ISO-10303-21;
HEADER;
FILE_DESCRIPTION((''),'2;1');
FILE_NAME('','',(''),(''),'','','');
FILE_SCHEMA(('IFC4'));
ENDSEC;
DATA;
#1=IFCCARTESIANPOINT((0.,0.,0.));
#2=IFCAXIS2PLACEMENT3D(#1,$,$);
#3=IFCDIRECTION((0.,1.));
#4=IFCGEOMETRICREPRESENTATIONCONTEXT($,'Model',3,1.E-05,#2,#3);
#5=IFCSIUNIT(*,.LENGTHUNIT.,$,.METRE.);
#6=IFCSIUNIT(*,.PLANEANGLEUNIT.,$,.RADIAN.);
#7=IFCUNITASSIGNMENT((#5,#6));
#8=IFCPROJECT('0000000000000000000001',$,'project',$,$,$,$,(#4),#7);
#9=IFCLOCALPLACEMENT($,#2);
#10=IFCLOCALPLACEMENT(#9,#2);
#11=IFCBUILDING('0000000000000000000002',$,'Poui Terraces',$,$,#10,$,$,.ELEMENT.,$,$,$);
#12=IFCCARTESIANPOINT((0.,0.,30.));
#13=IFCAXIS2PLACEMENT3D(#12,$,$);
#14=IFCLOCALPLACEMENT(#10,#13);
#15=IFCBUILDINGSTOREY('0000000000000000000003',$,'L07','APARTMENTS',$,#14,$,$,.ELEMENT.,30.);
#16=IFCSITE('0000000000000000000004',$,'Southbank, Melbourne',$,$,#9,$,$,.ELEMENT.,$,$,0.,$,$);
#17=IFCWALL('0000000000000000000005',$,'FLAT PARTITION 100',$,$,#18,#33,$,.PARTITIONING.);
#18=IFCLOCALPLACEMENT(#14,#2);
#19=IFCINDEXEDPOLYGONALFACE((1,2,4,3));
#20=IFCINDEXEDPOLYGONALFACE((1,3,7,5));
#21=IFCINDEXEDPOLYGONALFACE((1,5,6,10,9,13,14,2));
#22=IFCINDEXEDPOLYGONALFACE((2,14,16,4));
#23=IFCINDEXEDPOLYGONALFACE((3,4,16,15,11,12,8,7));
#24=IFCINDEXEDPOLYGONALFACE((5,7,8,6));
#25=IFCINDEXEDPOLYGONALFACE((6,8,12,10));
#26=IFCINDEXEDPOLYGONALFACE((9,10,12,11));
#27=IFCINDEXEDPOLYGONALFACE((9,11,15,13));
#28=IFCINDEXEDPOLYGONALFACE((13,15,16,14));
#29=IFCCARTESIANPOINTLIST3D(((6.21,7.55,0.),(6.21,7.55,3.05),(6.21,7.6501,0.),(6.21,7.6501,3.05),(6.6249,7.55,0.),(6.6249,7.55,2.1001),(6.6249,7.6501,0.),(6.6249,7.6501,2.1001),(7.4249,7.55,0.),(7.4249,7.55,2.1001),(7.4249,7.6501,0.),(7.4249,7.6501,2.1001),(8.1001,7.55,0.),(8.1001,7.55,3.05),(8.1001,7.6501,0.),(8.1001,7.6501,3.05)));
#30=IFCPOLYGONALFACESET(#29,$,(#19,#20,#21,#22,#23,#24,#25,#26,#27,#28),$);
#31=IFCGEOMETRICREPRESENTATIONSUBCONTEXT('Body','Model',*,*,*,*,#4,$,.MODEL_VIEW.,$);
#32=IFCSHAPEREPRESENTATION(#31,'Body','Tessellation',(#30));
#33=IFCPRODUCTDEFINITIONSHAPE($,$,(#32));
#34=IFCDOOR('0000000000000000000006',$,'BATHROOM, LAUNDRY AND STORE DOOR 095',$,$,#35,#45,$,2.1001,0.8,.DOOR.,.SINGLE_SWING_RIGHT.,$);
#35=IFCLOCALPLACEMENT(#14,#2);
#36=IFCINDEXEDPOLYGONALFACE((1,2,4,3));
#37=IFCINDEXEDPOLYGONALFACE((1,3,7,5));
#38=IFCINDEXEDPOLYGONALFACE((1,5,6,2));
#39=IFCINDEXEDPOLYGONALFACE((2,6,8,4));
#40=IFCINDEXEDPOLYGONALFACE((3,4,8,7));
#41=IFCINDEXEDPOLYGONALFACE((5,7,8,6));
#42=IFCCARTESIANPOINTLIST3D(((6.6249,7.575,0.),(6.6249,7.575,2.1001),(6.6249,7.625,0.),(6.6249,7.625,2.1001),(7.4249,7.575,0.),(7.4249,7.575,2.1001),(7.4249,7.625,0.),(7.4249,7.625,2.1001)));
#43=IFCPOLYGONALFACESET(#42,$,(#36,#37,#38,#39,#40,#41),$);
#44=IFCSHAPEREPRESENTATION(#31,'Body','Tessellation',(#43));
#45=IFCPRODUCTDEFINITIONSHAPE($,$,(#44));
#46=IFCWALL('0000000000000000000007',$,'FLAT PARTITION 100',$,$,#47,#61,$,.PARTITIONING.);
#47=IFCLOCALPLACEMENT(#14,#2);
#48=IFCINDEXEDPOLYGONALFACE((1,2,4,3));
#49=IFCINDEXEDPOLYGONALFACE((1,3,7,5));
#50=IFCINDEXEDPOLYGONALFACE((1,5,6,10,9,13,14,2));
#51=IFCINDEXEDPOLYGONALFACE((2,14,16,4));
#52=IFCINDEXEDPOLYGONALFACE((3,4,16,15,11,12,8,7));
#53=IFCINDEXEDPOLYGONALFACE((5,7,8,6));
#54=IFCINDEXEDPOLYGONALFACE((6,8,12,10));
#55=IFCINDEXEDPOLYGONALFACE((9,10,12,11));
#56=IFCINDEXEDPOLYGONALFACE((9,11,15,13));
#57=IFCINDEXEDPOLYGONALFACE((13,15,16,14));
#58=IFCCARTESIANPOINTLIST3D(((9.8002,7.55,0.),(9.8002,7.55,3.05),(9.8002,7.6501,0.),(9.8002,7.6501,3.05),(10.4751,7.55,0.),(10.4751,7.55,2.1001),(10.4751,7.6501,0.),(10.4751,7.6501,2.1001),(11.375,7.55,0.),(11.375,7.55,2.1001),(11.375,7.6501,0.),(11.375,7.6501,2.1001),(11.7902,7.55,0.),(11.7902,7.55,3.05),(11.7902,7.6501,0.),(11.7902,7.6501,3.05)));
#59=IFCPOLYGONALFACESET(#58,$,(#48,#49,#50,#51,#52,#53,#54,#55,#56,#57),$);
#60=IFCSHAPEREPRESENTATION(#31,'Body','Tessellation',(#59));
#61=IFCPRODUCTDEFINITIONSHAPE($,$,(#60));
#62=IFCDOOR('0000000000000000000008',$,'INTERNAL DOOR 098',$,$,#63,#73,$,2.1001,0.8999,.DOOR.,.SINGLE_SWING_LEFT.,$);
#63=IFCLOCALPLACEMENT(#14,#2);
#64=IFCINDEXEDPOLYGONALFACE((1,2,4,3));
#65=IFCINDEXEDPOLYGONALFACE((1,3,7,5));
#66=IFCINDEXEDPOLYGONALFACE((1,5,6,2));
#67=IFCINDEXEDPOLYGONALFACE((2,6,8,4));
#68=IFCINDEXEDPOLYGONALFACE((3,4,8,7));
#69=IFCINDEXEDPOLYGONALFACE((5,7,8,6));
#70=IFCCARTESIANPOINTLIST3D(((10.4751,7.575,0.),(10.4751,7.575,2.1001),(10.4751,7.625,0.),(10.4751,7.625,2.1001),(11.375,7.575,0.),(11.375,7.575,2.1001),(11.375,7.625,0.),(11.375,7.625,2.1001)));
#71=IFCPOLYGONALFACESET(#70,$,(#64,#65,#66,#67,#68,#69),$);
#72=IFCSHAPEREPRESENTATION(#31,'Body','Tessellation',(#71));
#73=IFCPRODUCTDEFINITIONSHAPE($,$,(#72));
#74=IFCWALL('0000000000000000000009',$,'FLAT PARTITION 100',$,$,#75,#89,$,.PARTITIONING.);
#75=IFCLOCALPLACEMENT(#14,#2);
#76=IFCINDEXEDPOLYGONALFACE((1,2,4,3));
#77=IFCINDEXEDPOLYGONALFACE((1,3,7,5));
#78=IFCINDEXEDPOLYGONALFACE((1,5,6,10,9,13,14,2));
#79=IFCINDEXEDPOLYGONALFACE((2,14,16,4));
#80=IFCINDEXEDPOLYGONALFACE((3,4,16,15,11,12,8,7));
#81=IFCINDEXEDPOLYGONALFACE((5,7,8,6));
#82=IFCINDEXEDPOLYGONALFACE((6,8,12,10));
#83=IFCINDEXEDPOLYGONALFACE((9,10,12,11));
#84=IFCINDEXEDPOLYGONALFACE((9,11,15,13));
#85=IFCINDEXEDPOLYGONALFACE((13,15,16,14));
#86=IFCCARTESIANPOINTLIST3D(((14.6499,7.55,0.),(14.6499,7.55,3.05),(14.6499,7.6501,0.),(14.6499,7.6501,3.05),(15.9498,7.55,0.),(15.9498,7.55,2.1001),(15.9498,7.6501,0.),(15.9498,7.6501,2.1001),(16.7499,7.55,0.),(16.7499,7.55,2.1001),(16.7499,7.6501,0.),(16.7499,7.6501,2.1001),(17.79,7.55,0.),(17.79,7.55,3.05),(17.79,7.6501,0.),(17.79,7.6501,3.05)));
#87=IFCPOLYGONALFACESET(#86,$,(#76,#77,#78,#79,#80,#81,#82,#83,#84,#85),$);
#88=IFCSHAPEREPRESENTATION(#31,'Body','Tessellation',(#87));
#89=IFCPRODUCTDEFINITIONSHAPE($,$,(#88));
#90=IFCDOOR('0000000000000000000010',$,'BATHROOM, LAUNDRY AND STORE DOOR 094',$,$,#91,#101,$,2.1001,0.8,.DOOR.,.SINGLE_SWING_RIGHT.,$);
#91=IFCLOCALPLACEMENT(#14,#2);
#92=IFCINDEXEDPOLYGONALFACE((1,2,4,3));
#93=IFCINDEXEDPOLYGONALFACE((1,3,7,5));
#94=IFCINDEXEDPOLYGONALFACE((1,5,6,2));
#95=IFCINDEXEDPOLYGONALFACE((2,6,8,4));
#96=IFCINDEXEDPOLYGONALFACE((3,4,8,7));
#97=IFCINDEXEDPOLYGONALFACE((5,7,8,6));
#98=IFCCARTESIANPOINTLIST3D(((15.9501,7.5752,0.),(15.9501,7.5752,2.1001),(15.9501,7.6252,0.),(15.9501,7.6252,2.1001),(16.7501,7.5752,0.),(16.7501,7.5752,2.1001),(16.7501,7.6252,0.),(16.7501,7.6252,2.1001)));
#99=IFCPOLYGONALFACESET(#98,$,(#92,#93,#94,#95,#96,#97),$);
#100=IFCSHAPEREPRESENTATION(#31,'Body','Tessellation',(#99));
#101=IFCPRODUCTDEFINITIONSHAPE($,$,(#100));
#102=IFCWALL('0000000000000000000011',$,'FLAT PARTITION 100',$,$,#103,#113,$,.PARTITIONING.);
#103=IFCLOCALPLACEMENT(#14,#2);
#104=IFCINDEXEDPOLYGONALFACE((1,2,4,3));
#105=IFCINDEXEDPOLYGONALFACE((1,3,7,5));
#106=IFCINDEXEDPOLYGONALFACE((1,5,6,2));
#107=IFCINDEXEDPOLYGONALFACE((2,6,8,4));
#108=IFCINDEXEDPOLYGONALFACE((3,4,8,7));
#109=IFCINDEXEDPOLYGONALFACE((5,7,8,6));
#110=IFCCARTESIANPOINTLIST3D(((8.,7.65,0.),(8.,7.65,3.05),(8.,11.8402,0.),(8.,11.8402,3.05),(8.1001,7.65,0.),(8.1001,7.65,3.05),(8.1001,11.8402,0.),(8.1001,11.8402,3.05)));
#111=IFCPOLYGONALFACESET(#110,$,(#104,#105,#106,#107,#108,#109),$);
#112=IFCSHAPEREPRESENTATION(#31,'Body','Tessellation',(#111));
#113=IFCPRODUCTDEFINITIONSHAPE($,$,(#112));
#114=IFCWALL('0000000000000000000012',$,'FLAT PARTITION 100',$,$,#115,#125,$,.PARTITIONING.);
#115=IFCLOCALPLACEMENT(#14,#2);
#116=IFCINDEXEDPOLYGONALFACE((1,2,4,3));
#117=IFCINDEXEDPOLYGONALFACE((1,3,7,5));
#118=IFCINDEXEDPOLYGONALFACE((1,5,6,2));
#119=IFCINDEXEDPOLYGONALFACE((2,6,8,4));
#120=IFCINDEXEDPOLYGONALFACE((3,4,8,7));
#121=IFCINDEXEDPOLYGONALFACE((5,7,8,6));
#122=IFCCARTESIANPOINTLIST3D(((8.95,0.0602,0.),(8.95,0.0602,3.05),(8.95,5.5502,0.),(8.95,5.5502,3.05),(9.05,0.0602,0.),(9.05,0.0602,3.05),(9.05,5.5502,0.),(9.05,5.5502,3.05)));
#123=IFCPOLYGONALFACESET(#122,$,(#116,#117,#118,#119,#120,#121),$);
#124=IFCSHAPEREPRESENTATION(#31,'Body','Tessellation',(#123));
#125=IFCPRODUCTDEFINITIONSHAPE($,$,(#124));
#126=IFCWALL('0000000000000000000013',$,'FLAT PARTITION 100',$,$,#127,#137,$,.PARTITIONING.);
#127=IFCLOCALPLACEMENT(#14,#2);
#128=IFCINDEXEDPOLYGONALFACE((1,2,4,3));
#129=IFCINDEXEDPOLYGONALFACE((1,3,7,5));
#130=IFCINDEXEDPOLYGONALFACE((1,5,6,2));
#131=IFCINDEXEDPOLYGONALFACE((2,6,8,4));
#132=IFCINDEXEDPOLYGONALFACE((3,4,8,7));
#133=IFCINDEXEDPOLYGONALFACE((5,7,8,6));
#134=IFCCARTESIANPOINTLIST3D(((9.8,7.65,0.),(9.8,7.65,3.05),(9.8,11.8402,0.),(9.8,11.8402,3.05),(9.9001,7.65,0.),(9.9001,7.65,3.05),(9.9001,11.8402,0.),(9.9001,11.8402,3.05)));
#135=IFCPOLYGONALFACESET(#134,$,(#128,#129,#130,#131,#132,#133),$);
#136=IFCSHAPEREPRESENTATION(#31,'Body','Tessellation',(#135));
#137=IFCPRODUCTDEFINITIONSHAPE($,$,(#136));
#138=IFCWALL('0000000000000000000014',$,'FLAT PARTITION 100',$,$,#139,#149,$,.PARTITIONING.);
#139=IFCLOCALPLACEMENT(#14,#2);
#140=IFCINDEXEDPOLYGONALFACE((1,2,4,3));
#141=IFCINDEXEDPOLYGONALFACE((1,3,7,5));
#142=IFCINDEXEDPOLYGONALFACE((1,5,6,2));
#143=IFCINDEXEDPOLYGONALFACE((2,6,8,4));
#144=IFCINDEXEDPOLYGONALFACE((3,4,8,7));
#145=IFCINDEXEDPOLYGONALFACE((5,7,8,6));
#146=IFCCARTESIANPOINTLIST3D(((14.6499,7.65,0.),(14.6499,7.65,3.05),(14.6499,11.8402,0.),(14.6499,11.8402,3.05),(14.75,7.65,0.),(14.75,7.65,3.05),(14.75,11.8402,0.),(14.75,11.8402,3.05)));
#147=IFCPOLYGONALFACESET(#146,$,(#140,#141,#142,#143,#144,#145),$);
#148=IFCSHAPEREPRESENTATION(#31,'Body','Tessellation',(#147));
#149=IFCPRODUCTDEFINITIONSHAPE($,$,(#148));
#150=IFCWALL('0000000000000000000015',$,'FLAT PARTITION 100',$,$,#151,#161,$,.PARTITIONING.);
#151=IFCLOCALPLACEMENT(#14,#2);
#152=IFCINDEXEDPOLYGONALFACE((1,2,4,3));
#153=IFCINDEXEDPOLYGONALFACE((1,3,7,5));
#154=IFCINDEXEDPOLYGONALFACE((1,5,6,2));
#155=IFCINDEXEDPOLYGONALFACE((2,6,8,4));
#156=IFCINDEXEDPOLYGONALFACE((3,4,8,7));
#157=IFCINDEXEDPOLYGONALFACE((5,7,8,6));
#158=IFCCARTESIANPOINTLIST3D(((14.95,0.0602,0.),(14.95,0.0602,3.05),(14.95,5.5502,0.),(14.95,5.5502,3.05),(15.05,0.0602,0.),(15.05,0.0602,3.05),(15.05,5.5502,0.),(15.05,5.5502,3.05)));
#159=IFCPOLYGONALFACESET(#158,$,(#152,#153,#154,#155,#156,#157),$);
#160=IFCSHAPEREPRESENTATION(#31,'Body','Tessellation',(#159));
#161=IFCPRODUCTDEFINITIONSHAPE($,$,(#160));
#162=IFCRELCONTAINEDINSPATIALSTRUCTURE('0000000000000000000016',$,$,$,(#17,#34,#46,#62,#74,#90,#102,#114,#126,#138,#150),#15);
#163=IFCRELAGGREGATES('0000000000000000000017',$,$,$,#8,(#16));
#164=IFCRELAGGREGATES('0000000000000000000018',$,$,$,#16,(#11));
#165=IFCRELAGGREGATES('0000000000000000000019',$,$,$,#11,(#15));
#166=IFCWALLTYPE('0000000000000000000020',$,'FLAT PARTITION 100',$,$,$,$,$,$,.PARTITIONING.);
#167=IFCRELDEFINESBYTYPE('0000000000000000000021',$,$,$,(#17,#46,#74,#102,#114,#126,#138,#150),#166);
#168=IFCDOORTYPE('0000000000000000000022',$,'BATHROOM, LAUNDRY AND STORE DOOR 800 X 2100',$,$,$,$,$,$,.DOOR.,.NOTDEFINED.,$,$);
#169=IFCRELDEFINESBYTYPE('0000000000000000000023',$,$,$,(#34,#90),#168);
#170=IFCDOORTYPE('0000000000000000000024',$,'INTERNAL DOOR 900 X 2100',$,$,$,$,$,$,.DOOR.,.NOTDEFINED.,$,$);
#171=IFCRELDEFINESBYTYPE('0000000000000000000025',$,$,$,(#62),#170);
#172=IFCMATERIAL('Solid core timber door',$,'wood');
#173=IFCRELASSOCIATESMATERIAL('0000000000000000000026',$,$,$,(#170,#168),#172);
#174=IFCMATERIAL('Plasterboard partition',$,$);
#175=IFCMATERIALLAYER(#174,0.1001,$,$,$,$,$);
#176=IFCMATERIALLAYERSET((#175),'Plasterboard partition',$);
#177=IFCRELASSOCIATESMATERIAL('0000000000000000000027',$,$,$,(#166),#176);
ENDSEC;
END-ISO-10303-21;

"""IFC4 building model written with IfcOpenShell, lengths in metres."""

from ifc_helpers import new_model, si_unit, direction, frame, frame_2d, origin, place, context, subcontext, project, spatial, rectangle, extrude, material, layer, layer_set, type_object, element, fill, save


model = new_model("IFC4")

# Units and contexts
model_context = context("Model", 3, precision=1e-05, world=origin(), true_north=direction((0.0, 1.0)))
body_context = subcontext(model_context, "Body", "Model", "MODEL_VIEW")
ifc_project = project(units=[si_unit("LENGTHUNIT", "METRE"), si_unit("PLANEANGLEUNIT", "RADIAN")], contexts=[model_context])

# Site, building, storey
site_placement = place(None, origin())
site = spatial("IfcSite", under=ifc_project, at=site_placement, Name="Southbank, Melbourne", CompositionType="ELEMENT", RefElevation=0.0)
building_placement = place(site_placement, origin())
building = spatial("IfcBuilding", under=site, at=building_placement, Name="Poui Terraces", CompositionType="ELEMENT")
storey_placement = place(building_placement, frame((0.0, 0.0, 30.0)))
storey = spatial("IfcBuildingStorey", under=building, at=storey_placement, Name="L07", Description="APARTMENTS", CompositionType="ELEMENT", Elevation=30.0)

# Shared definitions
ifc_material_1 = material(Name="Solid core timber door", Category="wood")
door_type_1 = type_object("IfcDoorType", Name="INTERNAL DOOR 900 X 2100", OperationType="NOTDEFINED", PredefinedType="DOOR", material=ifc_material_1)
ifc_material_2 = material(Name="Plasterboard partition")
ifc_layer_1 = layer(ifc_material_2, 0.1001)
ifc_layer_set_1 = layer_set([ifc_layer_1], Name="Plasterboard partition")
wall_type_1 = type_object("IfcWallType", Name="FLAT PARTITION 100", PredefinedType="PARTITIONING", material=ifc_layer_set_1)

# Walls, openings, doors
wall_1_placement = place(storey_placement, frame((6.21, 7.6001, 0.0), z_axis=(0.0, 0.0, 1.0), x_axis=(1.0, 0.0, 0.0)))
wall_1 = element("IfcWall", 1, at=wall_1_placement, inside=storey, type_object=wall_type_1, Name="FLAT PARTITION 100", PredefinedType="PARTITIONING", context=body_context, shape_type="SweptSolid", body=[
    extrude(rectangle(XDim=1.8901, YDim=0.1001, at=frame_2d((0.9451, 0.0))), origin(), (0.0, 0.0, 1.0), 3.05),
])
opening_1_placement = place(wall_1_placement, frame((0.415, 0.0, 0.0)))
opening_1 = element("IfcOpeningElement", 2, at=opening_1_placement, cuts=wall_1, PredefinedType="OPENING", context=body_context, shape_type="SweptSolid", body=[
    extrude(rectangle(XDim=0.8, YDim=2.1001, at=frame_2d((0.3999, 1.05))), frame((0.0, 0.0601, 0.0), z_axis=(0.0, -1.0, 0.0), x_axis=(1.0, 0.0, 0.0)), (0.0, 0.0, 1.0), 0.1201),
])
door_type_2 = type_object("IfcDoorType", Name="BATHROOM, LAUNDRY AND STORE DOOR 800 X 2100", OperationType="NOTDEFINED", PredefinedType="DOOR", material=ifc_material_1)
door_1_placement = place(opening_1_placement, origin())
door_1 = element("IfcDoor", 3, at=door_1_placement, inside=storey, type_object=door_type_2, Name="BATHROOM, LAUNDRY AND STORE DOOR 095", OperationType="SINGLE_SWING_RIGHT", OverallHeight=2.1001, OverallWidth=0.8, PredefinedType="DOOR", context=body_context, shape_type="SweptSolid", body=[
    extrude(rectangle(XDim=0.8, YDim=2.1001, at=frame_2d((0.3999, 1.05))), frame((0.0, 0.0249, 0.0), z_axis=(0.0, -1.0, 0.0), x_axis=(1.0, 0.0, 0.0)), (0.0, 0.0, 1.0), 0.05),
])
fill(opening_1, door_1)
wall_2_placement = place(storey_placement, frame((9.8, 7.6001, 0.0), z_axis=(0.0, 0.0, 1.0), x_axis=(1.0, 0.0, 0.0)))
wall_2 = element("IfcWall", 4, at=wall_2_placement, inside=storey, type_object=wall_type_1, Name="FLAT PARTITION 100", PredefinedType="PARTITIONING", context=body_context, shape_type="SweptSolid", body=[
    extrude(rectangle(XDim=1.99, YDim=0.1001, at=frame_2d((0.9951, 0.0))), origin(), (0.0, 0.0, 1.0), 3.05),
])
opening_2_placement = place(wall_2_placement, frame((0.675, 0.0, 0.0)))
opening_2 = element("IfcOpeningElement", 5, at=opening_2_placement, cuts=wall_2, PredefinedType="OPENING", context=body_context, shape_type="SweptSolid", body=[
    extrude(rectangle(XDim=0.8999, YDim=2.1001, at=frame_2d((0.45, 1.05))), frame((0.0, 0.0601, 0.0), z_axis=(0.0, -1.0, 0.0), x_axis=(1.0, 0.0, 0.0)), (0.0, 0.0, 1.0), 0.1201),
])
door_2_placement = place(opening_2_placement, origin())
door_2 = element("IfcDoor", 6, at=door_2_placement, inside=storey, type_object=door_type_1, Name="INTERNAL DOOR 098", OperationType="SINGLE_SWING_LEFT", OverallHeight=2.1001, OverallWidth=0.8999, PredefinedType="DOOR", context=body_context, shape_type="SweptSolid", body=[
    extrude(rectangle(XDim=0.8999, YDim=2.1001, at=frame_2d((0.45, 1.05))), frame((0.0, 0.0249, 0.0), z_axis=(0.0, -1.0, 0.0), x_axis=(1.0, 0.0, 0.0)), (0.0, 0.0, 1.0), 0.05),
])
fill(opening_2, door_2)
wall_3_placement = place(storey_placement, frame((14.6499, 7.6001, 0.0), z_axis=(0.0, 0.0, 1.0), x_axis=(1.0, 0.0, 0.0)))
wall_3 = element("IfcWall", 7, at=wall_3_placement, inside=storey, type_object=wall_type_1, Name="FLAT PARTITION 100", PredefinedType="PARTITIONING", context=body_context, shape_type="SweptSolid", body=[
    extrude(rectangle(XDim=3.1401, YDim=0.1001, at=frame_2d((1.5701, 0.0))), origin(), (0.0, 0.0, 1.0), 3.05),
])
opening_3_placement = place(wall_3_placement, frame((1.3, 0.0, 0.0)))
opening_3 = element("IfcOpeningElement", 8, at=opening_3_placement, cuts=wall_3, PredefinedType="OPENING", context=body_context, shape_type="SweptSolid", body=[
    extrude(rectangle(XDim=0.8, YDim=2.1001, at=frame_2d((0.3999, 1.05))), frame((0.0, 0.0601, 0.0), z_axis=(0.0, -1.0, 0.0), x_axis=(1.0, 0.0, 0.0)), (0.0, 0.0, 1.0), 0.1201),
])
door_3_placement = place(opening_3_placement, frame((0.8, 0.0, 0.0), z_axis=(0.0, 0.0, 1.0), x_axis=(-1.0, 0.0, 0.0)))
door_3 = element("IfcDoor", 9, at=door_3_placement, inside=storey, type_object=door_type_2, Name="BATHROOM, LAUNDRY AND STORE DOOR 094", OperationType="SINGLE_SWING_RIGHT", OverallHeight=2.1001, OverallWidth=0.8, PredefinedType="DOOR", context=body_context, shape_type="SweptSolid", body=[
    extrude(rectangle(XDim=0.8, YDim=2.1001, at=frame_2d((0.3999, 1.05))), frame((0.0, 0.0249, 0.0), z_axis=(0.0, -1.0, 0.0), x_axis=(1.0, 0.0, 0.0)), (0.0, 0.0, 1.0), 0.05),
])
fill(opening_3, door_3)

# Walls
wall_4_placement = place(storey_placement, frame((8.05, 7.6499, 0.0), z_axis=(0.0, 0.0, 1.0), x_axis=(0.0, 1.0, 0.0)))
element("IfcWall", 10, at=wall_4_placement, inside=storey, type_object=wall_type_1, Name="FLAT PARTITION 100", PredefinedType="PARTITIONING", context=body_context, shape_type="SweptSolid", body=[
    extrude(rectangle(XDim=4.1902, YDim=0.1001, at=frame_2d((2.0952, 0.0))), origin(), (0.0, 0.0, 1.0), 3.05),
])
wall_5_placement = place(storey_placement, frame((9.0, 0.0601, 0.0), z_axis=(0.0, 0.0, 1.0), x_axis=(0.0, 1.0, 0.0)))
element("IfcWall", 11, at=wall_5_placement, inside=storey, type_object=wall_type_1, Name="FLAT PARTITION 100", PredefinedType="PARTITIONING", context=body_context, shape_type="SweptSolid", body=[
    extrude(rectangle(XDim=5.49, YDim=0.1001, at=frame_2d((2.7451, 0.0))), origin(), (0.0, 0.0, 1.0), 3.05),
])
for number, where, z_axis, x_axis, name in (
    (12, (9.8501, 7.6499, 0.0), (0.0, 0.0, 1.0), (0.0, 1.0, 0.0), "FLAT PARTITION 100"),
    (13, (14.7, 7.6499, 0.0), (0.0, 0.0, 1.0), (0.0, 1.0, 0.0), "FLAT PARTITION 100"),
):
    element("IfcWall", number, at=place(storey_placement, frame(where, z_axis=z_axis, x_axis=x_axis)), inside=storey, type_object=wall_type_1, Name=name, PredefinedType="PARTITIONING", context=body_context, shape_type="SweptSolid", body=[
        extrude(rectangle(XDim=4.1902, YDim=0.1001, at=frame_2d((2.0952, 0.0))), origin(), (0.0, 0.0, 1.0), 3.05),
    ])
wall_6_placement = place(storey_placement, frame((15.0, 0.0601, 0.0), z_axis=(0.0, 0.0, 1.0), x_axis=(0.0, 1.0, 0.0)))
element("IfcWall", 14, at=wall_6_placement, inside=storey, type_object=wall_type_1, Name="FLAT PARTITION 100", PredefinedType="PARTITIONING", context=body_context, shape_type="SweptSolid", body=[
    extrude(rectangle(XDim=5.49, YDim=0.1001, at=frame_2d((2.7451, 0.0))), origin(), (0.0, 0.0, 1.0), 3.05),
])

save(model, "model.ifc")
